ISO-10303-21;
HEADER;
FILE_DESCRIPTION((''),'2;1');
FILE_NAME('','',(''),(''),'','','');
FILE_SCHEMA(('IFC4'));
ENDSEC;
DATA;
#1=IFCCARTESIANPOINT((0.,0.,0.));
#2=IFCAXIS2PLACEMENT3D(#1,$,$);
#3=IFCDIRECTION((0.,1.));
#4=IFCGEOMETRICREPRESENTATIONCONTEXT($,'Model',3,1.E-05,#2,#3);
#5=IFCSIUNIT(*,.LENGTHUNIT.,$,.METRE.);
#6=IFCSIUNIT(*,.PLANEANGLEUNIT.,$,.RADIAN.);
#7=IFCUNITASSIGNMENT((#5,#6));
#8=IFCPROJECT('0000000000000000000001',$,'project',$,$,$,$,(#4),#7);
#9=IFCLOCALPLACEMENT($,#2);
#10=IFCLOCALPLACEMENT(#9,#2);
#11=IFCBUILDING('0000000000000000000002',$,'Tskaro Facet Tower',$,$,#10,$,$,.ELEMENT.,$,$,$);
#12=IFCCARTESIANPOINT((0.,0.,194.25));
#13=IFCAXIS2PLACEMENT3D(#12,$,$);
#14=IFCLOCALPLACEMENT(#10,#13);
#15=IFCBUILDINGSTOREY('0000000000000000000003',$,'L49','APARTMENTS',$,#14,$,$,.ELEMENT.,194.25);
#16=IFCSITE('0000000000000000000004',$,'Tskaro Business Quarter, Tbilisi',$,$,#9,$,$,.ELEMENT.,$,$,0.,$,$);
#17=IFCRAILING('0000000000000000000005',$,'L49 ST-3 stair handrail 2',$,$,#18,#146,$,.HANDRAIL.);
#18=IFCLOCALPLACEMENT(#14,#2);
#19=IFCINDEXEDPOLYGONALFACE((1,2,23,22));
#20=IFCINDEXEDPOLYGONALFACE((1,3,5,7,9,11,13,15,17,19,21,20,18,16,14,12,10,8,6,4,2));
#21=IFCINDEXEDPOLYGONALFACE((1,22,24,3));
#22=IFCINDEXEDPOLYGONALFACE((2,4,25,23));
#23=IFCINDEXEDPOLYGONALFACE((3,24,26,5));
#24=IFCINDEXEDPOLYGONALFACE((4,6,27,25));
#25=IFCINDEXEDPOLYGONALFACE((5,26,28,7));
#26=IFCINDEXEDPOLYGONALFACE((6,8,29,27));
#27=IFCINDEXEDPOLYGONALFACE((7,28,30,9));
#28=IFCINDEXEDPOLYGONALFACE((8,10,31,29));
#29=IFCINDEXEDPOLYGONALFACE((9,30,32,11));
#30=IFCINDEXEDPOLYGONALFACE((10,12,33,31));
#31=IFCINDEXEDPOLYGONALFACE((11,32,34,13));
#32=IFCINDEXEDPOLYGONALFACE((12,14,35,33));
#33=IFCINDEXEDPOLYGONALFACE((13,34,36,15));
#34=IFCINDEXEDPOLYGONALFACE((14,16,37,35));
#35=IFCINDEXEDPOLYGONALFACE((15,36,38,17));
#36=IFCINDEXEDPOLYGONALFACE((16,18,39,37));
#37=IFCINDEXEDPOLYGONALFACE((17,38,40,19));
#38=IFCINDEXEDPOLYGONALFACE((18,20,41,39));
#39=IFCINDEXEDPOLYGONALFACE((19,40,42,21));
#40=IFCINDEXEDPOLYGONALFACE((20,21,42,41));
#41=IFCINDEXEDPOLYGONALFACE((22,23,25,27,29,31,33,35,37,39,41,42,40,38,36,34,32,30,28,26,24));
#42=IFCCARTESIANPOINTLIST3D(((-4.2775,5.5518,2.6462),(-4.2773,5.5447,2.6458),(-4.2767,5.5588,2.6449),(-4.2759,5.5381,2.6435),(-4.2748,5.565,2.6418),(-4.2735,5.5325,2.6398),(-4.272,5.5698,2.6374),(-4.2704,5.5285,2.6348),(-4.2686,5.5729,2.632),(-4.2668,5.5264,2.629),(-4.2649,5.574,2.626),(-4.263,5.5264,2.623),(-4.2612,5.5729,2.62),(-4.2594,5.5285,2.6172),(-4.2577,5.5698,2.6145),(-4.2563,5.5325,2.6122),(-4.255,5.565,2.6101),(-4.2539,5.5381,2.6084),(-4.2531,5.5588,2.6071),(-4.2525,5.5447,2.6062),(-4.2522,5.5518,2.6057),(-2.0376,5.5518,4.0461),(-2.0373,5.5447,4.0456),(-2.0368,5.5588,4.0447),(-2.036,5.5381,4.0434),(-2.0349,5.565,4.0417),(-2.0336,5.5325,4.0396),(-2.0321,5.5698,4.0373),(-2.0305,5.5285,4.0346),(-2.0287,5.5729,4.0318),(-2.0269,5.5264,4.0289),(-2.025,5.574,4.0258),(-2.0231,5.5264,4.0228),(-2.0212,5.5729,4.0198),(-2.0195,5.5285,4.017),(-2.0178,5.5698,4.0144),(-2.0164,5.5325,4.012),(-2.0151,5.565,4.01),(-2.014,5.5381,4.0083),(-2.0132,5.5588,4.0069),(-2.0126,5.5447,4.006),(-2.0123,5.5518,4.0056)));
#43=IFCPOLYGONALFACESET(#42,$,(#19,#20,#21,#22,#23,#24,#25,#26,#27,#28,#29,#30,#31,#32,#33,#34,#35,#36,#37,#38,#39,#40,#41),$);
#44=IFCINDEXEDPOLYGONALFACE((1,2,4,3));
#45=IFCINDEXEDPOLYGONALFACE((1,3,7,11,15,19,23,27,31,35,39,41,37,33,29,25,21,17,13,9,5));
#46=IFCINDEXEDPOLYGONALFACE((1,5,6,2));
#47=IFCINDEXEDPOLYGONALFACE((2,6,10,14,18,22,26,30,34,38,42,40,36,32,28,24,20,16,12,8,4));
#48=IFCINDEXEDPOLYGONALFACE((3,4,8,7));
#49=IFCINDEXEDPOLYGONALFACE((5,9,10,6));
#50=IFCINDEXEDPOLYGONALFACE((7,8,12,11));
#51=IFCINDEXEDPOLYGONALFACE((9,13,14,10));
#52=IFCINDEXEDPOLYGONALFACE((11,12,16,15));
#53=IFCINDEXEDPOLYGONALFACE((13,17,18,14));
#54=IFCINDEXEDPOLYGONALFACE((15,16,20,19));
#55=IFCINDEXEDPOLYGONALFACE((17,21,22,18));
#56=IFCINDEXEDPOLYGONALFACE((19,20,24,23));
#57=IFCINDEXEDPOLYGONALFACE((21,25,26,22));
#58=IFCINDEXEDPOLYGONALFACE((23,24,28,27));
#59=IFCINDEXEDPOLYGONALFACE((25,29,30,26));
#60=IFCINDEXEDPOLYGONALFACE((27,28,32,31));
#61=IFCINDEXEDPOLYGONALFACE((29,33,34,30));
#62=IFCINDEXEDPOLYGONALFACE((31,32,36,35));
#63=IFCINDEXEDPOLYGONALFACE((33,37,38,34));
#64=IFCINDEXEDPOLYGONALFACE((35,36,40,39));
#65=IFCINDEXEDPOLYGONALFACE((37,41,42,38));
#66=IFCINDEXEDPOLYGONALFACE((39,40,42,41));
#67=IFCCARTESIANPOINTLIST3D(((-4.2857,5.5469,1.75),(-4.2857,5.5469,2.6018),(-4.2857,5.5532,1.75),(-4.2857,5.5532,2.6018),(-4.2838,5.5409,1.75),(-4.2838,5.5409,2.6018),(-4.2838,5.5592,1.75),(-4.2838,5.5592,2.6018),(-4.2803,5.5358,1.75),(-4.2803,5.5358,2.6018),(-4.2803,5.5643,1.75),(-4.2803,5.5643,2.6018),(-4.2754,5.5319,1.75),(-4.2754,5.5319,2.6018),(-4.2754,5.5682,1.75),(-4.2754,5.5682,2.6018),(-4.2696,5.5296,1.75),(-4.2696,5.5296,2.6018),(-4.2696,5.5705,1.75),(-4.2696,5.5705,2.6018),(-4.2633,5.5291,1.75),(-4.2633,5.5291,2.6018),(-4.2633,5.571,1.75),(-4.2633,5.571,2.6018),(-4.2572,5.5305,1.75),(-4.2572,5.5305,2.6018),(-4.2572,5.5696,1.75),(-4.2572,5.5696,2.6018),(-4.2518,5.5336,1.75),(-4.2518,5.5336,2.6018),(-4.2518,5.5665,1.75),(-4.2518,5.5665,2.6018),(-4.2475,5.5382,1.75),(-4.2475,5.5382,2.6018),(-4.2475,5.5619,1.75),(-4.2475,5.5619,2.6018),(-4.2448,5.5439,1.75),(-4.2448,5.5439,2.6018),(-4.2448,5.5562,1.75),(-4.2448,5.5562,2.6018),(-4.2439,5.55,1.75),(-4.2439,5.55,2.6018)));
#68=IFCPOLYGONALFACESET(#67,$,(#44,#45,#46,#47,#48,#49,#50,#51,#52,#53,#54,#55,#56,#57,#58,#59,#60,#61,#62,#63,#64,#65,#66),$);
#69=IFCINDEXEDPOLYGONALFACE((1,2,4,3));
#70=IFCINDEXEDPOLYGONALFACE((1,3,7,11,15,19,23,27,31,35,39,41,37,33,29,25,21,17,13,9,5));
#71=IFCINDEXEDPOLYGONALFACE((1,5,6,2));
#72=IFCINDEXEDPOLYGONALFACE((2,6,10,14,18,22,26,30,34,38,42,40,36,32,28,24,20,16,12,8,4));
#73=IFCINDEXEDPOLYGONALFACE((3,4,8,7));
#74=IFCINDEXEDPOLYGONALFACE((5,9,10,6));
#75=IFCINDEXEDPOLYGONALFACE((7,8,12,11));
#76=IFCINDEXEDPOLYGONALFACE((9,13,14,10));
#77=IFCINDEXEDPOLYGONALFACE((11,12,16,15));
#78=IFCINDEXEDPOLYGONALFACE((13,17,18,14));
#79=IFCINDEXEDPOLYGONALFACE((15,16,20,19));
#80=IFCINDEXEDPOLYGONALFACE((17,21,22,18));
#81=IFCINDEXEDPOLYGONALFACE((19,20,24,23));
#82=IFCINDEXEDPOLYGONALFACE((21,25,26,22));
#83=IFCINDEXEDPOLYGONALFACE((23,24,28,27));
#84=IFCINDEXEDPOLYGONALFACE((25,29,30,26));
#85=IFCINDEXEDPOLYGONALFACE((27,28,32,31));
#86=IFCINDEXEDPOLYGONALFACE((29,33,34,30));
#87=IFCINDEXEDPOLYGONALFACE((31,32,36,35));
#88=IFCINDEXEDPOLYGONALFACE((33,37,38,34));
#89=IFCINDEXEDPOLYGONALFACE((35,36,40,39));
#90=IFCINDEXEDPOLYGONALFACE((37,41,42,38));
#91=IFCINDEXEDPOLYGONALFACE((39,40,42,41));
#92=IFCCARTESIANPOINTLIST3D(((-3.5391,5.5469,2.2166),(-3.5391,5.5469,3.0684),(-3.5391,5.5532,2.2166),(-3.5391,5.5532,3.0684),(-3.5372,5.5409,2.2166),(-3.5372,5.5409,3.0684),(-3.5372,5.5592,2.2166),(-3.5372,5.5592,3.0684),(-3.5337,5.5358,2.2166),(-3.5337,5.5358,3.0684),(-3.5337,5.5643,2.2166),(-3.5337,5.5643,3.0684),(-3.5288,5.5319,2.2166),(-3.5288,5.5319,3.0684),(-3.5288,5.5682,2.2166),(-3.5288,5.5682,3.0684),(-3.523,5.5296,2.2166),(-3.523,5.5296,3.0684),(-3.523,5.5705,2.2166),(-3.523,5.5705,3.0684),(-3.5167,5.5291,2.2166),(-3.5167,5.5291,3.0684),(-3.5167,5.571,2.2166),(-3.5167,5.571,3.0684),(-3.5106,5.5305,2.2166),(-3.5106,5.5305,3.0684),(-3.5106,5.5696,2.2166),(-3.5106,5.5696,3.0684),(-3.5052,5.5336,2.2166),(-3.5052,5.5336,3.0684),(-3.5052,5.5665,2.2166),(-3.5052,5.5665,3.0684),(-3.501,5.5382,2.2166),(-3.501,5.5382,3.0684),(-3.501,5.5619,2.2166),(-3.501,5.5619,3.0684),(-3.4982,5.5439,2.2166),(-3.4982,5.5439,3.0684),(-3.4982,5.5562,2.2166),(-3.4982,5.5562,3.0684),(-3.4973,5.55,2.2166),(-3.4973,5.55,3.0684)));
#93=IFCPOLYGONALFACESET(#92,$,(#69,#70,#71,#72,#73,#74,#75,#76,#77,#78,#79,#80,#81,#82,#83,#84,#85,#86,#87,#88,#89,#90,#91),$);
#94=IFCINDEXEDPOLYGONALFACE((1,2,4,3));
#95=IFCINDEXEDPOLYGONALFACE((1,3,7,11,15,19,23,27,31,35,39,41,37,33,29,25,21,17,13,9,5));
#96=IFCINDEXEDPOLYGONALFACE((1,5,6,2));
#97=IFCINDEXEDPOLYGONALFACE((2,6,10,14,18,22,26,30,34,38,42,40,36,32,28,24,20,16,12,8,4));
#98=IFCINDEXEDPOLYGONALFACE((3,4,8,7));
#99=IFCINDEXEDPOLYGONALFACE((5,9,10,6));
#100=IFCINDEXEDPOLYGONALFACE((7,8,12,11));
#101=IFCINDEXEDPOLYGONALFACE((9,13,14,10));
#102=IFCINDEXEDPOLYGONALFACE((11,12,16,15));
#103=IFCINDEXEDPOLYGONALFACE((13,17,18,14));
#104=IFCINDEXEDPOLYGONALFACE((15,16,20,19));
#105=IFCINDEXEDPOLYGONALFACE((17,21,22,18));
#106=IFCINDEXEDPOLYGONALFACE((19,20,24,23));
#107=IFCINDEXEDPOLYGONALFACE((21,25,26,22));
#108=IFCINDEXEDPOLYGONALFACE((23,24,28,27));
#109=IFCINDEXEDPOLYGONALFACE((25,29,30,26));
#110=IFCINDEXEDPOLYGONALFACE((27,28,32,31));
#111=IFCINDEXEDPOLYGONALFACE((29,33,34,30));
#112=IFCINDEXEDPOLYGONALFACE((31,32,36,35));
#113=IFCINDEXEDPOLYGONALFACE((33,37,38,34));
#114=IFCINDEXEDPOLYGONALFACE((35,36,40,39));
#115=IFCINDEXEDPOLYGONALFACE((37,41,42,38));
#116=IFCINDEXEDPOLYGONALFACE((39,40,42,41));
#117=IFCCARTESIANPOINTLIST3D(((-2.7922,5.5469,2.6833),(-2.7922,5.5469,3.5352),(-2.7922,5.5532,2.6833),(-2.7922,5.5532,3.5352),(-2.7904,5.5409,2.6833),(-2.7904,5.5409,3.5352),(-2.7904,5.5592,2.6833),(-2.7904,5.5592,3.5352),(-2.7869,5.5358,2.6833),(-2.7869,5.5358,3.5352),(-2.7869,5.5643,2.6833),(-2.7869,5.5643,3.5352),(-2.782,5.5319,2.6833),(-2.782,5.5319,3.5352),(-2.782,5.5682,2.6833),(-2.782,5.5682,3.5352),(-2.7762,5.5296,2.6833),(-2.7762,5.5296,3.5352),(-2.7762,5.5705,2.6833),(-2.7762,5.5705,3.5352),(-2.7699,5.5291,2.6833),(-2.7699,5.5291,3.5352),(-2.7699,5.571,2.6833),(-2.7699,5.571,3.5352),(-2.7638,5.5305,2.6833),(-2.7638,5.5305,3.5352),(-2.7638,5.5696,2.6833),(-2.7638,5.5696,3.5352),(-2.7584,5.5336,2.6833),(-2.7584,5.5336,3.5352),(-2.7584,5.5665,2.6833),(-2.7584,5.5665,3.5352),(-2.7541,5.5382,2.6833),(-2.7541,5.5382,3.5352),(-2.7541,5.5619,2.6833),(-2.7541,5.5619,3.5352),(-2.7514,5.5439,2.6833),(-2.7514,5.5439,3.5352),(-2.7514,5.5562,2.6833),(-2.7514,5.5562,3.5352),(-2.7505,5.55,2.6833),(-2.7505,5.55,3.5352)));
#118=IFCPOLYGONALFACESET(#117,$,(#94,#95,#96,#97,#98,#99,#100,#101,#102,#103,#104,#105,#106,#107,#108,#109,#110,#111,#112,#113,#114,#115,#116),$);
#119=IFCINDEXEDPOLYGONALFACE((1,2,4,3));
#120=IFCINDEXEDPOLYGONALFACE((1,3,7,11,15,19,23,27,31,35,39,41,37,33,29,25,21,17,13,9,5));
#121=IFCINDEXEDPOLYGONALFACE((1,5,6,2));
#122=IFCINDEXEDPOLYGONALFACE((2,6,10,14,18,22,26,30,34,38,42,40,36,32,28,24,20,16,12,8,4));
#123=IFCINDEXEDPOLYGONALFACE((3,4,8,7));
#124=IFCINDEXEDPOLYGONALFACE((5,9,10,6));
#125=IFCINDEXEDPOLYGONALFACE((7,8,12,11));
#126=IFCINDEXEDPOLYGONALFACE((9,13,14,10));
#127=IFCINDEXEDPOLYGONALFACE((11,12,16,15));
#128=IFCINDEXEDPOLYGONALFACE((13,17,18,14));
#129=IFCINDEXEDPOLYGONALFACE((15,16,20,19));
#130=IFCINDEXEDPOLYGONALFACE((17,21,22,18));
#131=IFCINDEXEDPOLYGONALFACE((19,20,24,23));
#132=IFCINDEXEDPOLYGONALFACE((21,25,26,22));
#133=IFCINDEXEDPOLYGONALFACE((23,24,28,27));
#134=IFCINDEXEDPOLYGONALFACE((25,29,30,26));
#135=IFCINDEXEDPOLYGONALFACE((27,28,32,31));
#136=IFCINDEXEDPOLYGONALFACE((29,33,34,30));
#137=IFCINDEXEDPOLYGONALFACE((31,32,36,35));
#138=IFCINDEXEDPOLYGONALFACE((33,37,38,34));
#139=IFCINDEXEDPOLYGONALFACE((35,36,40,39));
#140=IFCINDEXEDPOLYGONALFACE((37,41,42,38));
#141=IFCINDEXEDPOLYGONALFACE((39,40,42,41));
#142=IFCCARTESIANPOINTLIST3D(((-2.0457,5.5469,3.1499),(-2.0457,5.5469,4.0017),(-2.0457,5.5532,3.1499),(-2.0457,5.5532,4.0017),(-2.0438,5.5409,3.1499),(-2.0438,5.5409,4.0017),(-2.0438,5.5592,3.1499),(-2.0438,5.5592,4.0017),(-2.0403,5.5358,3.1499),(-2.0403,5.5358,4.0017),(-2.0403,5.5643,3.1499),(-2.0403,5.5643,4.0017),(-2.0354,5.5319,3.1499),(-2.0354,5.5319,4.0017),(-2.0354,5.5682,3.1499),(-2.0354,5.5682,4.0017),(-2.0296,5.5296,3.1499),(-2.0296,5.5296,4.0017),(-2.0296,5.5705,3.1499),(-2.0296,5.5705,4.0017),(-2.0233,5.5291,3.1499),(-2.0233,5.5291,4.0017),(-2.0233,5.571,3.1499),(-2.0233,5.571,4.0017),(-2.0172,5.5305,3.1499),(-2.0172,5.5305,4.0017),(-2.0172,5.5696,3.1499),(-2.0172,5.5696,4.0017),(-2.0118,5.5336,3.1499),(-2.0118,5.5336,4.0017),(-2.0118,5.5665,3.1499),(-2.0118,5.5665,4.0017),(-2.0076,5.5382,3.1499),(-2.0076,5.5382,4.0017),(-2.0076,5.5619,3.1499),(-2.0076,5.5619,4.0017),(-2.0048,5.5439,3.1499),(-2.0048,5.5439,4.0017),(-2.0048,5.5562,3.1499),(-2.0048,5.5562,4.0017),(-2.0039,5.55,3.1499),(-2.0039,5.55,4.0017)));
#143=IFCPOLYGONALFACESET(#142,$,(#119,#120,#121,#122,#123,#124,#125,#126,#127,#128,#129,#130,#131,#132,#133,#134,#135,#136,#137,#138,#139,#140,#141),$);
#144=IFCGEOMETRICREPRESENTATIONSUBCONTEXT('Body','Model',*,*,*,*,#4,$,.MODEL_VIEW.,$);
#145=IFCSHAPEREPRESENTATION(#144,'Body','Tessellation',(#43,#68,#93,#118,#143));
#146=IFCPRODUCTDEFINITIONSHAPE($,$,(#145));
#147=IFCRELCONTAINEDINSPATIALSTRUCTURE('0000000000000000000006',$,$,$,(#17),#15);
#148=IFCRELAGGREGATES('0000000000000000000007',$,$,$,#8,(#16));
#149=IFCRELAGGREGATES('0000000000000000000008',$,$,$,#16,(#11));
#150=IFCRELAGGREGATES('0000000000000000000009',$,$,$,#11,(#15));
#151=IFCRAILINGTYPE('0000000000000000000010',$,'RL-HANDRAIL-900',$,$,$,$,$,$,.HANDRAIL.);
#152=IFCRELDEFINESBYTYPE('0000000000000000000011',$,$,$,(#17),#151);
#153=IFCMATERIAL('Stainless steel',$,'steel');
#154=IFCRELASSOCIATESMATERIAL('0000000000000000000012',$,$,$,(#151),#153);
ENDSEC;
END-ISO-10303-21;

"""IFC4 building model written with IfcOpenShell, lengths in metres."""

from ifc_helpers import new_model, si_unit, direction, frame, origin, origin_2d, place, context, subcontext, project, spatial, circle, extrude, material, type_object, element, save


model = new_model("IFC4")

# Units and contexts
model_context = context("Model", 3, precision=1e-05, world=origin(), true_north=direction((0.0, 1.0)))
body_context = subcontext(model_context, "Body", "Model", "MODEL_VIEW")
ifc_project = project(units=[si_unit("LENGTHUNIT", "METRE"), si_unit("PLANEANGLEUNIT", "RADIAN")], contexts=[model_context])

# Site, building, storey
site_placement = place(None, origin())
site = spatial("IfcSite", under=ifc_project, at=site_placement, Name="Tskaro Business Quarter, Tbilisi", CompositionType="ELEMENT", RefElevation=0.0)
building_placement = place(site_placement, origin())
building = spatial("IfcBuilding", under=site, at=building_placement, Name="Tskaro Facet Tower", CompositionType="ELEMENT")
storey_placement = place(building_placement, frame((0.0, 0.0, 194.25)))
storey = spatial("IfcBuildingStorey", under=building, at=storey_placement, Name="L49", Description="APARTMENTS", CompositionType="ELEMENT", Elevation=194.25)

# Railing
ifc_material_1 = material(Name="Stainless steel", Category="steel")
railing_type_1 = type_object("IfcRailingType", Name="RL-HANDRAIL-900", PredefinedType="HANDRAIL", material=ifc_material_1)
railing_1_placement = place(storey_placement, frame((-4.2649, 5.55, 1.75)))
element("IfcRailing", 1, at=railing_1_placement, inside=storey, type_object=railing_type_1, Name="L49 ST-3 stair handrail 2", PredefinedType="HANDRAIL", context=body_context, shape_type="SweptSolid", body=[
    extrude(circle(Radius=0.0239, at=origin_2d()), frame((0.0, 0.0, 0.876), z_axis=(0.848014, 0.0, 0.529974), x_axis=(0.0, 1.0, 0.0)), (0.0, 0.0, 1.0), 2.6414),
    extrude(circle(Radius=0.021, at=origin_2d()), origin(), (0.0, 0.0, 1.0), 0.8518),
    extrude(circle(Radius=0.021, at=origin_2d()), frame((0.7466, 0.0, 0.4666)), (0.0, 0.0, 1.0), 0.8518),
    extrude(circle(Radius=0.021, at=origin_2d()), frame((1.4934, 0.0, 0.9333)), (0.0, 0.0, 1.0), 0.8518),
    extrude(circle(Radius=0.021, at=origin_2d()), frame((2.24, 0.0, 1.3999)), (0.0, 0.0, 1.0), 0.8518),
])

save(model, "model.ifc")
